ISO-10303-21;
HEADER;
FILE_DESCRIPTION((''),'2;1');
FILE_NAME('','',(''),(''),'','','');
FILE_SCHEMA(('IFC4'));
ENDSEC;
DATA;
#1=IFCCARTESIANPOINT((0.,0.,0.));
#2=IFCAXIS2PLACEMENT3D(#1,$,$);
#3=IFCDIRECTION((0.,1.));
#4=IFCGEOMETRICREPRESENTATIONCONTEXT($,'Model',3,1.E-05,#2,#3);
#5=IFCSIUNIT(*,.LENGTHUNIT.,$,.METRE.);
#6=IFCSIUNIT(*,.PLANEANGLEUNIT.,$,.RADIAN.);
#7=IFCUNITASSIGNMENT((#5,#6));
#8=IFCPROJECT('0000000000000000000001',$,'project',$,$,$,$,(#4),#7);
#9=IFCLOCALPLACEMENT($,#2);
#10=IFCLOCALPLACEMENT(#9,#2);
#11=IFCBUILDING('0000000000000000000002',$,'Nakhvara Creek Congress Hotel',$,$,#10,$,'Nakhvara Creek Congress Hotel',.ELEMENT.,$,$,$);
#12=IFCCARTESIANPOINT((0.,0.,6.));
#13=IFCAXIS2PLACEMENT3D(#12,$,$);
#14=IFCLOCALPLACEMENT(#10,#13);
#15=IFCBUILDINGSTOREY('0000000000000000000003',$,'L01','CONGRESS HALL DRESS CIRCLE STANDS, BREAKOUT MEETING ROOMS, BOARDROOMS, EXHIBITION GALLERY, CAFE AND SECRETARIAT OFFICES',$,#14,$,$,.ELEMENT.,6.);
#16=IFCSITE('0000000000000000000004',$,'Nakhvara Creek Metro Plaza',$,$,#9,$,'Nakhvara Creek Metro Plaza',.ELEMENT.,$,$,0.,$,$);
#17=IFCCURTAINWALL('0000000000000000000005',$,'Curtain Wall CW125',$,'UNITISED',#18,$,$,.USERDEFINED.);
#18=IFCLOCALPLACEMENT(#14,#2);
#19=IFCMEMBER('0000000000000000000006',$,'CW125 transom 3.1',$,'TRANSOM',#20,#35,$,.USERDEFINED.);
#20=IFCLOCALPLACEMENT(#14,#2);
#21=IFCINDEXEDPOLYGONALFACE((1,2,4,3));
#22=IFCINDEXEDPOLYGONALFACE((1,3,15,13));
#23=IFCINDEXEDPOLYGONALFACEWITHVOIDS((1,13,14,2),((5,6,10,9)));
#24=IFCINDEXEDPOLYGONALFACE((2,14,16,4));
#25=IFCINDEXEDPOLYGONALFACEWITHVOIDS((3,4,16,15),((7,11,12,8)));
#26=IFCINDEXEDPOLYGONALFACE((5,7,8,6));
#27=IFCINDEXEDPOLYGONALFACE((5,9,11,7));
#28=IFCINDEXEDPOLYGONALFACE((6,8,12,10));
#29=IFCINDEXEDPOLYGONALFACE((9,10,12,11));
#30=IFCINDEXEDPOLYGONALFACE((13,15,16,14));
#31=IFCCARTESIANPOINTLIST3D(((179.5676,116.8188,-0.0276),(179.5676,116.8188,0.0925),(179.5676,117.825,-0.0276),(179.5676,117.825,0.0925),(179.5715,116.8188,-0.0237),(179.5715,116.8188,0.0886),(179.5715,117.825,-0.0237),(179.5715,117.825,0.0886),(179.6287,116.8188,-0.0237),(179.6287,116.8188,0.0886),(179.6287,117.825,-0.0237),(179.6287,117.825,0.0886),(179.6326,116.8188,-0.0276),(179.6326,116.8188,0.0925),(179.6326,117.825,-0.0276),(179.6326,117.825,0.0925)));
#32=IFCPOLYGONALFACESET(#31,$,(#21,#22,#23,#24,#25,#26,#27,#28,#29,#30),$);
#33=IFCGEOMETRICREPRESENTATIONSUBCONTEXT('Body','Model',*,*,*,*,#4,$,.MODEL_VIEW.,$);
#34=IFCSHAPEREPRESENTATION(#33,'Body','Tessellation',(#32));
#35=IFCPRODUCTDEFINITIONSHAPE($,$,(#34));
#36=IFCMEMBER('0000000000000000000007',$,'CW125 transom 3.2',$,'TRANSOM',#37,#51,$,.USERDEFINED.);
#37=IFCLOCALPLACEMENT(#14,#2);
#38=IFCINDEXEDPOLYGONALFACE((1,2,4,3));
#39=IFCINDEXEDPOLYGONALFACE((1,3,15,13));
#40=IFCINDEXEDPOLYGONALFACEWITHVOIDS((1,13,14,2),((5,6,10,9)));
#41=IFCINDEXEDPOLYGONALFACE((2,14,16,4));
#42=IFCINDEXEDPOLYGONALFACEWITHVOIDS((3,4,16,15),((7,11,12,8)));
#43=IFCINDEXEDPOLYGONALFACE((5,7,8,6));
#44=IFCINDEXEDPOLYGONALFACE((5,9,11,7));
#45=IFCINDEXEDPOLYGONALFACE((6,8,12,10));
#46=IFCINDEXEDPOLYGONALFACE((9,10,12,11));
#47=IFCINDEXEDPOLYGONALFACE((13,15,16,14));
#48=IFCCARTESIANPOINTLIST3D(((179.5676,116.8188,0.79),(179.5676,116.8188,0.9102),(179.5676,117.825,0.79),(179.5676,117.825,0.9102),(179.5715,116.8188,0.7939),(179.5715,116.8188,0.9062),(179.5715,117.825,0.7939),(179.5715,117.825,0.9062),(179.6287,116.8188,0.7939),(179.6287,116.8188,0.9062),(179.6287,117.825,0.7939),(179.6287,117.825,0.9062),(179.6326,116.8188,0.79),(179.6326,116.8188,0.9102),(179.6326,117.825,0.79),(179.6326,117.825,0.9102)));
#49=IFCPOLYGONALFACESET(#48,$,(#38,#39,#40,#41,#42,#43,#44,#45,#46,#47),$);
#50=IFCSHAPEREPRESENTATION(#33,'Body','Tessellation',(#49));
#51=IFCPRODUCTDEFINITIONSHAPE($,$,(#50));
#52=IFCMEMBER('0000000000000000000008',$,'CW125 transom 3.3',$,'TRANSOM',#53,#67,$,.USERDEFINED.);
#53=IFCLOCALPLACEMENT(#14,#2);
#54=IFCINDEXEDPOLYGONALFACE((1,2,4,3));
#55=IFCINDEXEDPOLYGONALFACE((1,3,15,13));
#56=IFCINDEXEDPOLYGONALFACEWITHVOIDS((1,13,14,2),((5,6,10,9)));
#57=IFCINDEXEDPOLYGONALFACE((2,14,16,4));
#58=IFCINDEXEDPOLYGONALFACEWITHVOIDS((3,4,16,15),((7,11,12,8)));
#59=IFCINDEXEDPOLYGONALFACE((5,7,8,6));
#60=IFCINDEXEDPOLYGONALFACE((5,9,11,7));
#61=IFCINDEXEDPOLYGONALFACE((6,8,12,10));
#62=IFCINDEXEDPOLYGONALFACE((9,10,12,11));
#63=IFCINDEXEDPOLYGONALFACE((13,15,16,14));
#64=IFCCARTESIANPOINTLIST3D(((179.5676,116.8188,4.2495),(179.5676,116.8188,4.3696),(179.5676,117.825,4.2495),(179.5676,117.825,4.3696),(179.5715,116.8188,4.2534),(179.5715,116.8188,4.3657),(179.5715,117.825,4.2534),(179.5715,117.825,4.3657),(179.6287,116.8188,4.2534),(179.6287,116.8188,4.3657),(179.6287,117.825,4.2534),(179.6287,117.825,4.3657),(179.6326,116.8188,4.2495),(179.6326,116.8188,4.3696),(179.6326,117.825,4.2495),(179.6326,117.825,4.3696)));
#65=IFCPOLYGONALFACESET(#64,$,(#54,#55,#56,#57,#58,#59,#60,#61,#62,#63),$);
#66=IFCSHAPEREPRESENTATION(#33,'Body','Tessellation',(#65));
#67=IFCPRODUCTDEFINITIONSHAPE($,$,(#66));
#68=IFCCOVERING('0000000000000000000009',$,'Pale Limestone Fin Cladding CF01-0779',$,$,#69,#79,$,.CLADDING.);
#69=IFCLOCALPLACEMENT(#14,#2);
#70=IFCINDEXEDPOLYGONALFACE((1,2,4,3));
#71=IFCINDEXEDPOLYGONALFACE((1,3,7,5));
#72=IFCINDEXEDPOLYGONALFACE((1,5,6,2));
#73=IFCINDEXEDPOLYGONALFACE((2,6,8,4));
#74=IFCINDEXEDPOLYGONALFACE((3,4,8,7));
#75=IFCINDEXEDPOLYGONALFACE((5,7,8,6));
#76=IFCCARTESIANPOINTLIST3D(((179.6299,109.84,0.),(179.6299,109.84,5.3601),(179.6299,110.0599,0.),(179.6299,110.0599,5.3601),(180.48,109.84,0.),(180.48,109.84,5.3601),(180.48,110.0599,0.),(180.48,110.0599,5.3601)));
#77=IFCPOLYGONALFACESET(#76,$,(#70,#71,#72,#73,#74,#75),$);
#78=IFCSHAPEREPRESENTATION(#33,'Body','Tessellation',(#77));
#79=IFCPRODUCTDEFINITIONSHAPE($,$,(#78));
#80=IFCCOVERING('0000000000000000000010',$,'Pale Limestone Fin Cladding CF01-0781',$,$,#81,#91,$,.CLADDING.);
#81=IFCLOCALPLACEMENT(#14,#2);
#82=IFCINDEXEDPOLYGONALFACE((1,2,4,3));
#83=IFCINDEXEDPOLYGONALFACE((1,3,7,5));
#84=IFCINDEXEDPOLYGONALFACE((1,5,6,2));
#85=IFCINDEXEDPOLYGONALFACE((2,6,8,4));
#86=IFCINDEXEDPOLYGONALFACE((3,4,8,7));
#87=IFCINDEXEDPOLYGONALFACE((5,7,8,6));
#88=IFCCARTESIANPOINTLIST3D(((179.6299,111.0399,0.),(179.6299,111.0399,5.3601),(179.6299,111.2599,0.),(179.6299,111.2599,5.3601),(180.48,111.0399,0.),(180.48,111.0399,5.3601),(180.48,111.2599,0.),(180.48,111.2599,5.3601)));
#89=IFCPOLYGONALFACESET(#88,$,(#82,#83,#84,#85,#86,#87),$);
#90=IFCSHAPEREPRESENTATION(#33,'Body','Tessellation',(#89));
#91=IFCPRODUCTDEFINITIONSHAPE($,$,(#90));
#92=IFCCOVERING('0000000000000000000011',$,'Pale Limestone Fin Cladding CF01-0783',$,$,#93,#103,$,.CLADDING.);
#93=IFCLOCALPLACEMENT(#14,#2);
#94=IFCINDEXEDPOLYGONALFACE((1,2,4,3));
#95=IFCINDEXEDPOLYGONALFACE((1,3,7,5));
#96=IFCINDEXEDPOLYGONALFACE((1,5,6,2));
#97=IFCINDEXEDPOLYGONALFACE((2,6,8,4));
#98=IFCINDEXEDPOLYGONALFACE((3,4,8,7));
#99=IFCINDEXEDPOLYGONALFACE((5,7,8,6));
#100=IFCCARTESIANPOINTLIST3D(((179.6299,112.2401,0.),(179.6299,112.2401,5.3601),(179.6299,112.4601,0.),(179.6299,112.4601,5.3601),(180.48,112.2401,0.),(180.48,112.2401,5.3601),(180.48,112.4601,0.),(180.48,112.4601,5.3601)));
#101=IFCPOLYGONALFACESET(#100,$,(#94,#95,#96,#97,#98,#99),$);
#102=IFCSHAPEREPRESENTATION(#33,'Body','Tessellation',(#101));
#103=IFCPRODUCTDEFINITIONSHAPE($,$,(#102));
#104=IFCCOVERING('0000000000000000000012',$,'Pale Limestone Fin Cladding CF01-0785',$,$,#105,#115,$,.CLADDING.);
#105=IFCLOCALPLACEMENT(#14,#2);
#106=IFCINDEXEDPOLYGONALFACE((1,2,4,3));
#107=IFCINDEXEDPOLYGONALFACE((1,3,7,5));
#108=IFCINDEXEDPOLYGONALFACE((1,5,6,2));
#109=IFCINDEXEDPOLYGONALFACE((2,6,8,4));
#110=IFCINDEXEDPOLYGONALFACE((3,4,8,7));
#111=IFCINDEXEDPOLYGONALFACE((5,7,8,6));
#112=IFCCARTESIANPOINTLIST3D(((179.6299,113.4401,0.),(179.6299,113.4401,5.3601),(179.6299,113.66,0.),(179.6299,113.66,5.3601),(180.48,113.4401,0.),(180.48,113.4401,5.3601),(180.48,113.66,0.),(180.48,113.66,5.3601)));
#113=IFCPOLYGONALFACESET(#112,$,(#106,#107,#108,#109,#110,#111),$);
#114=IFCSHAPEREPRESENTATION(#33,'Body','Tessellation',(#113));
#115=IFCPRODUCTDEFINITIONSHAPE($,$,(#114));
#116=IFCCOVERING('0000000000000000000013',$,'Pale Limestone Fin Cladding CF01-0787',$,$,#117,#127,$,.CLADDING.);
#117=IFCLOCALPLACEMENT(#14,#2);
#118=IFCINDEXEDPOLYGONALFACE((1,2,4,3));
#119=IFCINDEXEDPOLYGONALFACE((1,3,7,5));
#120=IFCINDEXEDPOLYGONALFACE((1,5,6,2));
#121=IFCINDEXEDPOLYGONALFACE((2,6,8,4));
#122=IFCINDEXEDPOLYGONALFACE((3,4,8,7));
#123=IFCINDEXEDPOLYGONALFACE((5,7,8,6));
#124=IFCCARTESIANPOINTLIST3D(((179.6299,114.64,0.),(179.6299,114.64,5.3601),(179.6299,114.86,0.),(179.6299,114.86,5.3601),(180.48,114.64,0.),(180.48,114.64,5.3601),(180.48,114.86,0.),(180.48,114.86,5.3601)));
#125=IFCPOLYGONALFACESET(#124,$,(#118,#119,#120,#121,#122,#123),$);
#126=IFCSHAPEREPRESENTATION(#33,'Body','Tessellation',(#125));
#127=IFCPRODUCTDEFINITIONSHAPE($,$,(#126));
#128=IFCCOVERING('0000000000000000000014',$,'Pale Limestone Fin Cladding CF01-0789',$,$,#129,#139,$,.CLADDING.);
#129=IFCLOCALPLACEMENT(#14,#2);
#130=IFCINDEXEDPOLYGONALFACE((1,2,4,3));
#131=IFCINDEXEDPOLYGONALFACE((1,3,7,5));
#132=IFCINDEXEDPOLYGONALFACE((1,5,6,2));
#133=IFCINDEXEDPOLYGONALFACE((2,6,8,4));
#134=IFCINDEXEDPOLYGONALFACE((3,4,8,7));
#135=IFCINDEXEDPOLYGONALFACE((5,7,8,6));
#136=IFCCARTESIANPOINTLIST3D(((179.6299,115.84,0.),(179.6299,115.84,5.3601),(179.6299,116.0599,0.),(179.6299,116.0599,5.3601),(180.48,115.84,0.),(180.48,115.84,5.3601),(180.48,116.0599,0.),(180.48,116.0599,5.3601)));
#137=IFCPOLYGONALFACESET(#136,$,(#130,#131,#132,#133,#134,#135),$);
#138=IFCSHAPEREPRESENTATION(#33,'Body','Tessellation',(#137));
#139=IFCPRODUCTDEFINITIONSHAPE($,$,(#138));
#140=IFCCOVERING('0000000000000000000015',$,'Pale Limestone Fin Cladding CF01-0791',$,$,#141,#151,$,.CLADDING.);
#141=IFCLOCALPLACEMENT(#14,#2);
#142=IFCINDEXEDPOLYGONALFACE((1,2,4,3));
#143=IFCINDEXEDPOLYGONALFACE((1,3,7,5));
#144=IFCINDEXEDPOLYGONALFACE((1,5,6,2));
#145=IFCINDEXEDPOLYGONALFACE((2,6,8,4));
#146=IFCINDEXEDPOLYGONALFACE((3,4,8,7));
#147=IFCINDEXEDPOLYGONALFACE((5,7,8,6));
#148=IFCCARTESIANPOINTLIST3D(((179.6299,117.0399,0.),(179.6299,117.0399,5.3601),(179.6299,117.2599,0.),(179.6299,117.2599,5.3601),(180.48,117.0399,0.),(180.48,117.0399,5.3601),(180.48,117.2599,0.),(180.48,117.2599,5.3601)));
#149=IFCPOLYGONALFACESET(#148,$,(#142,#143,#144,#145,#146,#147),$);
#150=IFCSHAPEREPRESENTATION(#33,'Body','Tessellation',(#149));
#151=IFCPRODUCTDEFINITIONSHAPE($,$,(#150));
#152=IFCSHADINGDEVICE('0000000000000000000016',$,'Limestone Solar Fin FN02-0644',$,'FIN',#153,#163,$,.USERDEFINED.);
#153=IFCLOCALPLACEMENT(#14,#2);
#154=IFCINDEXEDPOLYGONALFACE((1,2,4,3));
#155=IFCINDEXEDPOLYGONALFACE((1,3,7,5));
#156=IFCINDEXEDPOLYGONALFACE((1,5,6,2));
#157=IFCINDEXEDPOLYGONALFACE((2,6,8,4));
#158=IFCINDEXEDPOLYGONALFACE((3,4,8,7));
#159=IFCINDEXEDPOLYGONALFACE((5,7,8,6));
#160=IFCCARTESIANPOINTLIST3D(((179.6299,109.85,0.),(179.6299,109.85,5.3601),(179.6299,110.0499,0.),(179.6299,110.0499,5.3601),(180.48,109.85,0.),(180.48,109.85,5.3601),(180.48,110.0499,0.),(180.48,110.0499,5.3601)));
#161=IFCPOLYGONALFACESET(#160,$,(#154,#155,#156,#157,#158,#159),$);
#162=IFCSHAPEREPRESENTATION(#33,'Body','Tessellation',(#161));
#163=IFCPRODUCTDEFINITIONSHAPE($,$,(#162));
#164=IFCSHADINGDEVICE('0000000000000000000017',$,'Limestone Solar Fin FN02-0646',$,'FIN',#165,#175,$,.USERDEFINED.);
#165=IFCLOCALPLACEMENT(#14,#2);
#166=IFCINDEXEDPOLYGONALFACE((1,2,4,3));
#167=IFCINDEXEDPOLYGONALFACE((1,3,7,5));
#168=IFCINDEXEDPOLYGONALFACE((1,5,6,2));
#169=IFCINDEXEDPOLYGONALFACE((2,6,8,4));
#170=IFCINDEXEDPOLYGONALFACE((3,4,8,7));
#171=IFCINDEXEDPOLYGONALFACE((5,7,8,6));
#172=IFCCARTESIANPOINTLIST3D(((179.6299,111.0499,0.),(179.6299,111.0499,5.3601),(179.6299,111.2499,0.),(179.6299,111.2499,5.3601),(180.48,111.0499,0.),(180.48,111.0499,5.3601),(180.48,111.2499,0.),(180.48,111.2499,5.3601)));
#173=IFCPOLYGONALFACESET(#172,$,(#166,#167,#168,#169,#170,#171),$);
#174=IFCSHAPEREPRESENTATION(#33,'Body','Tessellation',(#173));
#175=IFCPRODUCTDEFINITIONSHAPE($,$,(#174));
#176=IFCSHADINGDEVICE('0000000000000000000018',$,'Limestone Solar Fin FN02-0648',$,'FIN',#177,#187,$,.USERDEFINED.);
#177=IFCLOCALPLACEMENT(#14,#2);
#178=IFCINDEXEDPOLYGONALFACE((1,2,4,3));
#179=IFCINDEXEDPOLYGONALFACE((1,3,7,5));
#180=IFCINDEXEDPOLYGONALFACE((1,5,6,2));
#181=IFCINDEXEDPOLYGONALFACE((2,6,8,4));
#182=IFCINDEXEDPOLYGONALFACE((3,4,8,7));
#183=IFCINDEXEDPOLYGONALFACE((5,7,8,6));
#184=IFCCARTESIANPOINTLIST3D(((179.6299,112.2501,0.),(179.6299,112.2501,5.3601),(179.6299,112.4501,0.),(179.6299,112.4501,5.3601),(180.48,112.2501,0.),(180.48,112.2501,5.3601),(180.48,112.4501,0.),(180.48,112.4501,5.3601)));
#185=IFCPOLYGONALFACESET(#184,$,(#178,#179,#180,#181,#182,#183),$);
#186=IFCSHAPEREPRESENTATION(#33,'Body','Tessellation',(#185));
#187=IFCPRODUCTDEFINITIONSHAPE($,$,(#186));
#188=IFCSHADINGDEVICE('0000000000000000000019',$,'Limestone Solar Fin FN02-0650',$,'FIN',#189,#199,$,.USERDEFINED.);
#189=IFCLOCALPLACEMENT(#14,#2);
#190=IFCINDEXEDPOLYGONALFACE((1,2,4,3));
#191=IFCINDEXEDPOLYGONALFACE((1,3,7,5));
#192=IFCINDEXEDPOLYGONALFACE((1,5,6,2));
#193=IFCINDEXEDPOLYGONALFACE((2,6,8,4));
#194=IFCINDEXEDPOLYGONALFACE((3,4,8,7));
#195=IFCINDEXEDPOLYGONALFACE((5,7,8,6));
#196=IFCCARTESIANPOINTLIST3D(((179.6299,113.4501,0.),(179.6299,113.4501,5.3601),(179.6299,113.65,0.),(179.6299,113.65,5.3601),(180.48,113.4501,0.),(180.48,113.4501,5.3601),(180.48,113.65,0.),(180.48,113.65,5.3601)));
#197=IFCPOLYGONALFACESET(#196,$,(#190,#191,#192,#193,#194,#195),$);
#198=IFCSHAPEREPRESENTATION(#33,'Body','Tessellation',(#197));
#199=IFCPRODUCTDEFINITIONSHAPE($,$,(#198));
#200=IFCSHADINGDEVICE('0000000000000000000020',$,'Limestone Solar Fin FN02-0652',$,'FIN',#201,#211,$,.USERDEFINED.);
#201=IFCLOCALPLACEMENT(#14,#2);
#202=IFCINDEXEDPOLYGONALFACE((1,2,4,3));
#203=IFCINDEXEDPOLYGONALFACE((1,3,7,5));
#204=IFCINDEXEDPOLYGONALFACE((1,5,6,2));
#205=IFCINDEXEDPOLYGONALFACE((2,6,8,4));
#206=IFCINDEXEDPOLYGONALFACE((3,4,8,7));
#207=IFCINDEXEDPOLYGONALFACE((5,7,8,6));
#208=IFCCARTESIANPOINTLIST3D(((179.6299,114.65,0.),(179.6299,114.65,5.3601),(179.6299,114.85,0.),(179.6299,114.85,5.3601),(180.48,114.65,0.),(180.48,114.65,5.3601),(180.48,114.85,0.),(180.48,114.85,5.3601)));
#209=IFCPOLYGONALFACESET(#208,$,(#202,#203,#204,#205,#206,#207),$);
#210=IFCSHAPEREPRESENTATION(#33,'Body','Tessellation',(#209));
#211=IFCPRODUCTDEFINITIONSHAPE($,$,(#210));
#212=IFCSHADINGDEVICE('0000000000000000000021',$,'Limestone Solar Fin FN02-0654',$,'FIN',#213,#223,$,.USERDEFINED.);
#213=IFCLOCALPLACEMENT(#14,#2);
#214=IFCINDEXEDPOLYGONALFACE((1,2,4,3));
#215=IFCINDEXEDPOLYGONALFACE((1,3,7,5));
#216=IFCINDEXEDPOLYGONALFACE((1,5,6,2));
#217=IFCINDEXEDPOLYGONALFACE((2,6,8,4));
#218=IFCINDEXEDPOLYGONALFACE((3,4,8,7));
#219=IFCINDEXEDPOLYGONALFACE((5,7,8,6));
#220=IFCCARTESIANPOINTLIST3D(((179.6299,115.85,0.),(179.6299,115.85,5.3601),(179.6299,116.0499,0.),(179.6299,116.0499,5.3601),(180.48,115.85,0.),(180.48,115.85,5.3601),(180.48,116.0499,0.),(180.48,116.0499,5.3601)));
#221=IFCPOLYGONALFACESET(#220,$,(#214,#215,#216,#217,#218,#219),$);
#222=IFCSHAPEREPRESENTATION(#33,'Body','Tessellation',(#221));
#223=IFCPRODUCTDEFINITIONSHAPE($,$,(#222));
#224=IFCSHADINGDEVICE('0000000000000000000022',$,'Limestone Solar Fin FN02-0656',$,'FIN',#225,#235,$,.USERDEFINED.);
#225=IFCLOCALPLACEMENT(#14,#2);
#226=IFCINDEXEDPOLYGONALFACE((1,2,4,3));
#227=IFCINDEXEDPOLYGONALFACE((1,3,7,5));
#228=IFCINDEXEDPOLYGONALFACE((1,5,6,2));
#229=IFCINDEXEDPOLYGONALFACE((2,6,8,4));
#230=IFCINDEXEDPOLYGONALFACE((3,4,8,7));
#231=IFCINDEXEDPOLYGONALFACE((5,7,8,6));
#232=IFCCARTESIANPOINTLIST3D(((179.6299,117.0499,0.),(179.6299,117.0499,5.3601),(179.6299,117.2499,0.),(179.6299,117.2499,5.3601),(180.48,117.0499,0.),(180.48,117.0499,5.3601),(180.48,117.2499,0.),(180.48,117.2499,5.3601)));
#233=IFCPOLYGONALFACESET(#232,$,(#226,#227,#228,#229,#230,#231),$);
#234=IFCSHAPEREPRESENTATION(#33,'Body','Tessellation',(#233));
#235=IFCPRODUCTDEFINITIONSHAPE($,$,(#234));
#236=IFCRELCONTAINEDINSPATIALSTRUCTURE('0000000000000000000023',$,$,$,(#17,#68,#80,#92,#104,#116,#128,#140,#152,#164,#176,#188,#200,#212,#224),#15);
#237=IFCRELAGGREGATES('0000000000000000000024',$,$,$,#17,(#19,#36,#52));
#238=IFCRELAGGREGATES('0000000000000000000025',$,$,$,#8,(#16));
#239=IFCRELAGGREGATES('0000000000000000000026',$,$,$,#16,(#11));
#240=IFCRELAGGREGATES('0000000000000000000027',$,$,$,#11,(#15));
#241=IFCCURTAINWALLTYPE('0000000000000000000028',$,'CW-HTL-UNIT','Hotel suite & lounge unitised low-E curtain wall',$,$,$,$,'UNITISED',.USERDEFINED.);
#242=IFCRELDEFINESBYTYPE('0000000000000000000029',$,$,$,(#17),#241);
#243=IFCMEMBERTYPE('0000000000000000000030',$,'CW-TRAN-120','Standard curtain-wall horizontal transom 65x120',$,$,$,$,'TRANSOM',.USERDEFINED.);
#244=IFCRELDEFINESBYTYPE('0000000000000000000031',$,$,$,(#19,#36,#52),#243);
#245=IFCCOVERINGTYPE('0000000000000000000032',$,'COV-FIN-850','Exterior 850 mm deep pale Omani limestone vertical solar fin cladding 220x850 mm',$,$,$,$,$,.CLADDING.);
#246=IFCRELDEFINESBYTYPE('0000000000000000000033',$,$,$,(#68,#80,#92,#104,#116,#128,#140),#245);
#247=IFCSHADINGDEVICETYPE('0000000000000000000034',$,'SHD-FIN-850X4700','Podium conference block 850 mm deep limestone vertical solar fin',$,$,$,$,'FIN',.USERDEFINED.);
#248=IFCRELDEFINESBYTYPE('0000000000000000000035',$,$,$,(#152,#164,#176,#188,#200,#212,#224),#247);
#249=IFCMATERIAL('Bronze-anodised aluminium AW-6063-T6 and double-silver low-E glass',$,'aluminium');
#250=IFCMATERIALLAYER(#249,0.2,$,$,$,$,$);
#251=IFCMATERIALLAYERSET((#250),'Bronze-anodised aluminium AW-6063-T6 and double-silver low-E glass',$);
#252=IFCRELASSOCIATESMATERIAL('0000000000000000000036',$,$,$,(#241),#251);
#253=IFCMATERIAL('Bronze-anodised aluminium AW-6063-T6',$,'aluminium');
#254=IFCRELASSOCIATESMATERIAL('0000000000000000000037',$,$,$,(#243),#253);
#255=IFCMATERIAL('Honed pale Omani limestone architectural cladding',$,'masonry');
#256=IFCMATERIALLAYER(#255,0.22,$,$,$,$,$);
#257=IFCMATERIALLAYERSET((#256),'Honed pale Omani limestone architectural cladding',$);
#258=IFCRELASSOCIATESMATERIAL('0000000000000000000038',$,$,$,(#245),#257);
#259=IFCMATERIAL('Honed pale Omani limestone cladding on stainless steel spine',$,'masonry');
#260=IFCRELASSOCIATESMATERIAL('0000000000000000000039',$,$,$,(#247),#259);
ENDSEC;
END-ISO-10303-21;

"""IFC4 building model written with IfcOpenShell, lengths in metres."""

from ifc_helpers import new_model, si_unit, direction, frame, origin, origin_2d, place, context, subcontext, project, spatial, rectangle, hollow_rectangle, extrude, material, layer, layer_set, material_profile, profile_set, type_object, element, aggregate, save


model = new_model("IFC4")

# Units and contexts
model_context = context("Model", 3, precision=1e-05, world=origin(), true_north=direction((0.0, 1.0)))
body_context = subcontext(model_context, "Body", "Model", "MODEL_VIEW")
ifc_project = project(units=[si_unit("LENGTHUNIT", "METRE"), si_unit("PLANEANGLEUNIT", "RADIAN")], contexts=[model_context])

# Site, building, storey
site_placement = place(None, origin())
site = spatial("IfcSite", under=ifc_project, at=site_placement, Name="Nakhvara Creek Metro Plaza", LongName="Nakhvara Creek Metro Plaza", CompositionType="ELEMENT", RefElevation=0.0)
building_placement = place(site_placement, origin())
building = spatial("IfcBuilding", under=site, at=building_placement, Name="Nakhvara Creek Congress Hotel", LongName="Nakhvara Creek Congress Hotel", CompositionType="ELEMENT")
storey_placement = place(building_placement, frame((0.0, 0.0, 6.0)))
storey = spatial("IfcBuildingStorey", under=building, at=storey_placement, Name="L01", Description="CONGRESS HALL DRESS CIRCLE STANDS, BREAKOUT MEETING ROOMS, BOARDROOMS, EXHIBITION GALLERY, CAFE AND SECRETARIAT OFFICES", CompositionType="ELEMENT", Elevation=6.0)

# Curtain wall, members
ifc_material_1 = material(Name="Bronze-anodised aluminium AW-6063-T6 and double-silver low-E glass", Category="aluminium")
ifc_layer_1 = layer(ifc_material_1, 0.2)
ifc_layer_set_1 = layer_set([ifc_layer_1], Name="Bronze-anodised aluminium AW-6063-T6 and double-silver low-E glass")
curtain_wall_type = type_object("IfcCurtainWallType", Name="CW-HTL-UNIT", Description="Hotel suite & lounge unitised low-E curtain wall", ElementType="UNITISED", PredefinedType="USERDEFINED", material=ifc_layer_set_1)
curtain_wall_placement = place(storey_placement, origin())
curtain_wall = element("IfcCurtainWall", 1, at=curtain_wall_placement, inside=storey, type_object=curtain_wall_type, Name="Curtain Wall CW125", ObjectType="UNITISED", PredefinedType="USERDEFINED")
ifc_material_2 = material(Name="Bronze-anodised aluminium AW-6063-T6", Category="aluminium")
ifc_material_profile = material_profile(ifc_material_2, hollow_rectangle(XDim=0.0649, YDim=0.1201, WallThickness=0.0039, at=origin_2d()), Name="ALU-TRAN 65x120x4", Category="LoadBearing")
ifc_profile_set = profile_set([ifc_material_profile], Name="Bronze-anodised aluminium AW-6063-T6")
member_type = type_object("IfcMemberType", Name="CW-TRAN-120", Description="Standard curtain-wall horizontal transom 65x120", ElementType="TRANSOM", PredefinedType="USERDEFINED", material=ifc_profile_set)
member_1_placement = place(storey_placement, frame((179.6001, 117.825, 0.0325), z_axis=(0.0, -1.0, 0.0), x_axis=(1.0, 0.0, 0.0)))
member_1 = element("IfcMember", 2, at=member_1_placement, type_object=member_type, Name="CW125 transom 3.1", ObjectType="TRANSOM", PredefinedType="USERDEFINED", context=body_context, shape_type="SweptSolid", body=[
    extrude(hollow_rectangle(XDim=0.0649, YDim=0.1201, WallThickness=0.0039, at=origin_2d()), origin(), (0.0, 0.0, 1.0), 1.0061),
])
member_2_placement = place(storey_placement, frame((179.6001, 117.825, 0.8501), z_axis=(0.0, -1.0, 0.0), x_axis=(1.0, 0.0, 0.0)))
member_2 = element("IfcMember", 3, at=member_2_placement, type_object=member_type, Name="CW125 transom 3.2", ObjectType="TRANSOM", PredefinedType="USERDEFINED", context=body_context, shape_type="SweptSolid", body=[
    extrude(hollow_rectangle(XDim=0.0649, YDim=0.1201, WallThickness=0.0039, at=origin_2d()), origin(), (0.0, 0.0, 1.0), 1.0061),
])
member_3_placement = place(storey_placement, frame((179.6001, 117.825, 4.3096), z_axis=(0.0, -1.0, 0.0), x_axis=(1.0, 0.0, 0.0)))
member_3 = element("IfcMember", 4, at=member_3_placement, type_object=member_type, Name="CW125 transom 3.3", ObjectType="TRANSOM", PredefinedType="USERDEFINED", context=body_context, shape_type="SweptSolid", body=[
    extrude(hollow_rectangle(XDim=0.0649, YDim=0.1201, WallThickness=0.0039, at=origin_2d()), origin(), (0.0, 0.0, 1.0), 1.0061),
])
aggregate(curtain_wall, [member_1, member_2, member_3])

# Coverings
ifc_material_3 = material(Name="Honed pale Omani limestone architectural cladding", Category="masonry")
ifc_layer_2 = layer(ifc_material_3, 0.22)
ifc_layer_set_2 = layer_set([ifc_layer_2], Name="Honed pale Omani limestone architectural cladding")
covering_type = type_object("IfcCoveringType", Name="COV-FIN-850", Description="Exterior 850 mm deep pale Omani limestone vertical solar fin cladding 220x850 mm", PredefinedType="CLADDING", material=ifc_layer_set_2)
for number, where, z_axis, x_axis, name in (
    (5, (180.0549, 109.95, 0.0), (0.0, 0.0, 1.0), (0.0, 1.0, 0.0), "Pale Limestone Fin Cladding CF01-0779"),
    (6, (180.0549, 111.1499, 0.0), (0.0, 0.0, 1.0), (0.0, 1.0, 0.0), "Pale Limestone Fin Cladding CF01-0781"),
    (7, (180.0549, 112.3501, 0.0), (0.0, 0.0, 1.0), (0.0, 1.0, 0.0), "Pale Limestone Fin Cladding CF01-0783"),
    (8, (180.0549, 113.55, 0.0), (0.0, 0.0, 1.0), (0.0, 1.0, 0.0), "Pale Limestone Fin Cladding CF01-0785"),
    (9, (180.0549, 114.75, 0.0), (0.0, 0.0, 1.0), (0.0, 1.0, 0.0), "Pale Limestone Fin Cladding CF01-0787"),
    (10, (180.0549, 115.95, 0.0), (0.0, 0.0, 1.0), (0.0, 1.0, 0.0), "Pale Limestone Fin Cladding CF01-0789"),
    (11, (180.0549, 117.1499, 0.0), (0.0, 0.0, 1.0), (0.0, 1.0, 0.0), "Pale Limestone Fin Cladding CF01-0791"),
):
    element("IfcCovering", number, at=place(storey_placement, frame(where, z_axis=z_axis, x_axis=x_axis)), inside=storey, type_object=covering_type, Name=name, PredefinedType="CLADDING", context=body_context, shape_type="SweptSolid", body=[
        extrude(rectangle(XDim=0.22, YDim=0.8501, at=origin_2d()), origin(), (0.0, 0.0, 1.0), 5.3601),
    ])

# Shading devices
ifc_material_4 = material(Name="Honed pale Omani limestone cladding on stainless steel spine", Category="masonry")
shading_device_type = type_object("IfcShadingDeviceType", Name="SHD-FIN-850X4700", Description="Podium conference block 850 mm deep limestone vertical solar fin", ElementType="FIN", PredefinedType="USERDEFINED", material=ifc_material_4)
for number, where, z_axis, x_axis, name in (
    (12, (180.0549, 109.95, 0.0), (0.0, 0.0, 1.0), (0.0, 1.0, 0.0), "Limestone Solar Fin FN02-0644"),
    (13, (180.0549, 111.1499, 0.0), (0.0, 0.0, 1.0), (0.0, 1.0, 0.0), "Limestone Solar Fin FN02-0646"),
    (14, (180.0549, 112.3501, 0.0), (0.0, 0.0, 1.0), (0.0, 1.0, 0.0), "Limestone Solar Fin FN02-0648"),
    (15, (180.0549, 113.55, 0.0), (0.0, 0.0, 1.0), (0.0, 1.0, 0.0), "Limestone Solar Fin FN02-0650"),
    (16, (180.0549, 114.75, 0.0), (0.0, 0.0, 1.0), (0.0, 1.0, 0.0), "Limestone Solar Fin FN02-0652"),
    (17, (180.0549, 115.95, 0.0), (0.0, 0.0, 1.0), (0.0, 1.0, 0.0), "Limestone Solar Fin FN02-0654"),
    (18, (180.0549, 117.1499, 0.0), (0.0, 0.0, 1.0), (0.0, 1.0, 0.0), "Limestone Solar Fin FN02-0656"),
):
    element("IfcShadingDevice", number, at=place(storey_placement, frame(where, z_axis=z_axis, x_axis=x_axis)), inside=storey, type_object=shading_device_type, Name=name, ObjectType="FIN", PredefinedType="USERDEFINED", context=body_context, shape_type="SweptSolid", body=[
        extrude(rectangle(XDim=0.2, YDim=0.8501, at=origin_2d()), origin(), (0.0, 0.0, 1.0), 5.3601),
    ])

save(model, "model.ifc")
